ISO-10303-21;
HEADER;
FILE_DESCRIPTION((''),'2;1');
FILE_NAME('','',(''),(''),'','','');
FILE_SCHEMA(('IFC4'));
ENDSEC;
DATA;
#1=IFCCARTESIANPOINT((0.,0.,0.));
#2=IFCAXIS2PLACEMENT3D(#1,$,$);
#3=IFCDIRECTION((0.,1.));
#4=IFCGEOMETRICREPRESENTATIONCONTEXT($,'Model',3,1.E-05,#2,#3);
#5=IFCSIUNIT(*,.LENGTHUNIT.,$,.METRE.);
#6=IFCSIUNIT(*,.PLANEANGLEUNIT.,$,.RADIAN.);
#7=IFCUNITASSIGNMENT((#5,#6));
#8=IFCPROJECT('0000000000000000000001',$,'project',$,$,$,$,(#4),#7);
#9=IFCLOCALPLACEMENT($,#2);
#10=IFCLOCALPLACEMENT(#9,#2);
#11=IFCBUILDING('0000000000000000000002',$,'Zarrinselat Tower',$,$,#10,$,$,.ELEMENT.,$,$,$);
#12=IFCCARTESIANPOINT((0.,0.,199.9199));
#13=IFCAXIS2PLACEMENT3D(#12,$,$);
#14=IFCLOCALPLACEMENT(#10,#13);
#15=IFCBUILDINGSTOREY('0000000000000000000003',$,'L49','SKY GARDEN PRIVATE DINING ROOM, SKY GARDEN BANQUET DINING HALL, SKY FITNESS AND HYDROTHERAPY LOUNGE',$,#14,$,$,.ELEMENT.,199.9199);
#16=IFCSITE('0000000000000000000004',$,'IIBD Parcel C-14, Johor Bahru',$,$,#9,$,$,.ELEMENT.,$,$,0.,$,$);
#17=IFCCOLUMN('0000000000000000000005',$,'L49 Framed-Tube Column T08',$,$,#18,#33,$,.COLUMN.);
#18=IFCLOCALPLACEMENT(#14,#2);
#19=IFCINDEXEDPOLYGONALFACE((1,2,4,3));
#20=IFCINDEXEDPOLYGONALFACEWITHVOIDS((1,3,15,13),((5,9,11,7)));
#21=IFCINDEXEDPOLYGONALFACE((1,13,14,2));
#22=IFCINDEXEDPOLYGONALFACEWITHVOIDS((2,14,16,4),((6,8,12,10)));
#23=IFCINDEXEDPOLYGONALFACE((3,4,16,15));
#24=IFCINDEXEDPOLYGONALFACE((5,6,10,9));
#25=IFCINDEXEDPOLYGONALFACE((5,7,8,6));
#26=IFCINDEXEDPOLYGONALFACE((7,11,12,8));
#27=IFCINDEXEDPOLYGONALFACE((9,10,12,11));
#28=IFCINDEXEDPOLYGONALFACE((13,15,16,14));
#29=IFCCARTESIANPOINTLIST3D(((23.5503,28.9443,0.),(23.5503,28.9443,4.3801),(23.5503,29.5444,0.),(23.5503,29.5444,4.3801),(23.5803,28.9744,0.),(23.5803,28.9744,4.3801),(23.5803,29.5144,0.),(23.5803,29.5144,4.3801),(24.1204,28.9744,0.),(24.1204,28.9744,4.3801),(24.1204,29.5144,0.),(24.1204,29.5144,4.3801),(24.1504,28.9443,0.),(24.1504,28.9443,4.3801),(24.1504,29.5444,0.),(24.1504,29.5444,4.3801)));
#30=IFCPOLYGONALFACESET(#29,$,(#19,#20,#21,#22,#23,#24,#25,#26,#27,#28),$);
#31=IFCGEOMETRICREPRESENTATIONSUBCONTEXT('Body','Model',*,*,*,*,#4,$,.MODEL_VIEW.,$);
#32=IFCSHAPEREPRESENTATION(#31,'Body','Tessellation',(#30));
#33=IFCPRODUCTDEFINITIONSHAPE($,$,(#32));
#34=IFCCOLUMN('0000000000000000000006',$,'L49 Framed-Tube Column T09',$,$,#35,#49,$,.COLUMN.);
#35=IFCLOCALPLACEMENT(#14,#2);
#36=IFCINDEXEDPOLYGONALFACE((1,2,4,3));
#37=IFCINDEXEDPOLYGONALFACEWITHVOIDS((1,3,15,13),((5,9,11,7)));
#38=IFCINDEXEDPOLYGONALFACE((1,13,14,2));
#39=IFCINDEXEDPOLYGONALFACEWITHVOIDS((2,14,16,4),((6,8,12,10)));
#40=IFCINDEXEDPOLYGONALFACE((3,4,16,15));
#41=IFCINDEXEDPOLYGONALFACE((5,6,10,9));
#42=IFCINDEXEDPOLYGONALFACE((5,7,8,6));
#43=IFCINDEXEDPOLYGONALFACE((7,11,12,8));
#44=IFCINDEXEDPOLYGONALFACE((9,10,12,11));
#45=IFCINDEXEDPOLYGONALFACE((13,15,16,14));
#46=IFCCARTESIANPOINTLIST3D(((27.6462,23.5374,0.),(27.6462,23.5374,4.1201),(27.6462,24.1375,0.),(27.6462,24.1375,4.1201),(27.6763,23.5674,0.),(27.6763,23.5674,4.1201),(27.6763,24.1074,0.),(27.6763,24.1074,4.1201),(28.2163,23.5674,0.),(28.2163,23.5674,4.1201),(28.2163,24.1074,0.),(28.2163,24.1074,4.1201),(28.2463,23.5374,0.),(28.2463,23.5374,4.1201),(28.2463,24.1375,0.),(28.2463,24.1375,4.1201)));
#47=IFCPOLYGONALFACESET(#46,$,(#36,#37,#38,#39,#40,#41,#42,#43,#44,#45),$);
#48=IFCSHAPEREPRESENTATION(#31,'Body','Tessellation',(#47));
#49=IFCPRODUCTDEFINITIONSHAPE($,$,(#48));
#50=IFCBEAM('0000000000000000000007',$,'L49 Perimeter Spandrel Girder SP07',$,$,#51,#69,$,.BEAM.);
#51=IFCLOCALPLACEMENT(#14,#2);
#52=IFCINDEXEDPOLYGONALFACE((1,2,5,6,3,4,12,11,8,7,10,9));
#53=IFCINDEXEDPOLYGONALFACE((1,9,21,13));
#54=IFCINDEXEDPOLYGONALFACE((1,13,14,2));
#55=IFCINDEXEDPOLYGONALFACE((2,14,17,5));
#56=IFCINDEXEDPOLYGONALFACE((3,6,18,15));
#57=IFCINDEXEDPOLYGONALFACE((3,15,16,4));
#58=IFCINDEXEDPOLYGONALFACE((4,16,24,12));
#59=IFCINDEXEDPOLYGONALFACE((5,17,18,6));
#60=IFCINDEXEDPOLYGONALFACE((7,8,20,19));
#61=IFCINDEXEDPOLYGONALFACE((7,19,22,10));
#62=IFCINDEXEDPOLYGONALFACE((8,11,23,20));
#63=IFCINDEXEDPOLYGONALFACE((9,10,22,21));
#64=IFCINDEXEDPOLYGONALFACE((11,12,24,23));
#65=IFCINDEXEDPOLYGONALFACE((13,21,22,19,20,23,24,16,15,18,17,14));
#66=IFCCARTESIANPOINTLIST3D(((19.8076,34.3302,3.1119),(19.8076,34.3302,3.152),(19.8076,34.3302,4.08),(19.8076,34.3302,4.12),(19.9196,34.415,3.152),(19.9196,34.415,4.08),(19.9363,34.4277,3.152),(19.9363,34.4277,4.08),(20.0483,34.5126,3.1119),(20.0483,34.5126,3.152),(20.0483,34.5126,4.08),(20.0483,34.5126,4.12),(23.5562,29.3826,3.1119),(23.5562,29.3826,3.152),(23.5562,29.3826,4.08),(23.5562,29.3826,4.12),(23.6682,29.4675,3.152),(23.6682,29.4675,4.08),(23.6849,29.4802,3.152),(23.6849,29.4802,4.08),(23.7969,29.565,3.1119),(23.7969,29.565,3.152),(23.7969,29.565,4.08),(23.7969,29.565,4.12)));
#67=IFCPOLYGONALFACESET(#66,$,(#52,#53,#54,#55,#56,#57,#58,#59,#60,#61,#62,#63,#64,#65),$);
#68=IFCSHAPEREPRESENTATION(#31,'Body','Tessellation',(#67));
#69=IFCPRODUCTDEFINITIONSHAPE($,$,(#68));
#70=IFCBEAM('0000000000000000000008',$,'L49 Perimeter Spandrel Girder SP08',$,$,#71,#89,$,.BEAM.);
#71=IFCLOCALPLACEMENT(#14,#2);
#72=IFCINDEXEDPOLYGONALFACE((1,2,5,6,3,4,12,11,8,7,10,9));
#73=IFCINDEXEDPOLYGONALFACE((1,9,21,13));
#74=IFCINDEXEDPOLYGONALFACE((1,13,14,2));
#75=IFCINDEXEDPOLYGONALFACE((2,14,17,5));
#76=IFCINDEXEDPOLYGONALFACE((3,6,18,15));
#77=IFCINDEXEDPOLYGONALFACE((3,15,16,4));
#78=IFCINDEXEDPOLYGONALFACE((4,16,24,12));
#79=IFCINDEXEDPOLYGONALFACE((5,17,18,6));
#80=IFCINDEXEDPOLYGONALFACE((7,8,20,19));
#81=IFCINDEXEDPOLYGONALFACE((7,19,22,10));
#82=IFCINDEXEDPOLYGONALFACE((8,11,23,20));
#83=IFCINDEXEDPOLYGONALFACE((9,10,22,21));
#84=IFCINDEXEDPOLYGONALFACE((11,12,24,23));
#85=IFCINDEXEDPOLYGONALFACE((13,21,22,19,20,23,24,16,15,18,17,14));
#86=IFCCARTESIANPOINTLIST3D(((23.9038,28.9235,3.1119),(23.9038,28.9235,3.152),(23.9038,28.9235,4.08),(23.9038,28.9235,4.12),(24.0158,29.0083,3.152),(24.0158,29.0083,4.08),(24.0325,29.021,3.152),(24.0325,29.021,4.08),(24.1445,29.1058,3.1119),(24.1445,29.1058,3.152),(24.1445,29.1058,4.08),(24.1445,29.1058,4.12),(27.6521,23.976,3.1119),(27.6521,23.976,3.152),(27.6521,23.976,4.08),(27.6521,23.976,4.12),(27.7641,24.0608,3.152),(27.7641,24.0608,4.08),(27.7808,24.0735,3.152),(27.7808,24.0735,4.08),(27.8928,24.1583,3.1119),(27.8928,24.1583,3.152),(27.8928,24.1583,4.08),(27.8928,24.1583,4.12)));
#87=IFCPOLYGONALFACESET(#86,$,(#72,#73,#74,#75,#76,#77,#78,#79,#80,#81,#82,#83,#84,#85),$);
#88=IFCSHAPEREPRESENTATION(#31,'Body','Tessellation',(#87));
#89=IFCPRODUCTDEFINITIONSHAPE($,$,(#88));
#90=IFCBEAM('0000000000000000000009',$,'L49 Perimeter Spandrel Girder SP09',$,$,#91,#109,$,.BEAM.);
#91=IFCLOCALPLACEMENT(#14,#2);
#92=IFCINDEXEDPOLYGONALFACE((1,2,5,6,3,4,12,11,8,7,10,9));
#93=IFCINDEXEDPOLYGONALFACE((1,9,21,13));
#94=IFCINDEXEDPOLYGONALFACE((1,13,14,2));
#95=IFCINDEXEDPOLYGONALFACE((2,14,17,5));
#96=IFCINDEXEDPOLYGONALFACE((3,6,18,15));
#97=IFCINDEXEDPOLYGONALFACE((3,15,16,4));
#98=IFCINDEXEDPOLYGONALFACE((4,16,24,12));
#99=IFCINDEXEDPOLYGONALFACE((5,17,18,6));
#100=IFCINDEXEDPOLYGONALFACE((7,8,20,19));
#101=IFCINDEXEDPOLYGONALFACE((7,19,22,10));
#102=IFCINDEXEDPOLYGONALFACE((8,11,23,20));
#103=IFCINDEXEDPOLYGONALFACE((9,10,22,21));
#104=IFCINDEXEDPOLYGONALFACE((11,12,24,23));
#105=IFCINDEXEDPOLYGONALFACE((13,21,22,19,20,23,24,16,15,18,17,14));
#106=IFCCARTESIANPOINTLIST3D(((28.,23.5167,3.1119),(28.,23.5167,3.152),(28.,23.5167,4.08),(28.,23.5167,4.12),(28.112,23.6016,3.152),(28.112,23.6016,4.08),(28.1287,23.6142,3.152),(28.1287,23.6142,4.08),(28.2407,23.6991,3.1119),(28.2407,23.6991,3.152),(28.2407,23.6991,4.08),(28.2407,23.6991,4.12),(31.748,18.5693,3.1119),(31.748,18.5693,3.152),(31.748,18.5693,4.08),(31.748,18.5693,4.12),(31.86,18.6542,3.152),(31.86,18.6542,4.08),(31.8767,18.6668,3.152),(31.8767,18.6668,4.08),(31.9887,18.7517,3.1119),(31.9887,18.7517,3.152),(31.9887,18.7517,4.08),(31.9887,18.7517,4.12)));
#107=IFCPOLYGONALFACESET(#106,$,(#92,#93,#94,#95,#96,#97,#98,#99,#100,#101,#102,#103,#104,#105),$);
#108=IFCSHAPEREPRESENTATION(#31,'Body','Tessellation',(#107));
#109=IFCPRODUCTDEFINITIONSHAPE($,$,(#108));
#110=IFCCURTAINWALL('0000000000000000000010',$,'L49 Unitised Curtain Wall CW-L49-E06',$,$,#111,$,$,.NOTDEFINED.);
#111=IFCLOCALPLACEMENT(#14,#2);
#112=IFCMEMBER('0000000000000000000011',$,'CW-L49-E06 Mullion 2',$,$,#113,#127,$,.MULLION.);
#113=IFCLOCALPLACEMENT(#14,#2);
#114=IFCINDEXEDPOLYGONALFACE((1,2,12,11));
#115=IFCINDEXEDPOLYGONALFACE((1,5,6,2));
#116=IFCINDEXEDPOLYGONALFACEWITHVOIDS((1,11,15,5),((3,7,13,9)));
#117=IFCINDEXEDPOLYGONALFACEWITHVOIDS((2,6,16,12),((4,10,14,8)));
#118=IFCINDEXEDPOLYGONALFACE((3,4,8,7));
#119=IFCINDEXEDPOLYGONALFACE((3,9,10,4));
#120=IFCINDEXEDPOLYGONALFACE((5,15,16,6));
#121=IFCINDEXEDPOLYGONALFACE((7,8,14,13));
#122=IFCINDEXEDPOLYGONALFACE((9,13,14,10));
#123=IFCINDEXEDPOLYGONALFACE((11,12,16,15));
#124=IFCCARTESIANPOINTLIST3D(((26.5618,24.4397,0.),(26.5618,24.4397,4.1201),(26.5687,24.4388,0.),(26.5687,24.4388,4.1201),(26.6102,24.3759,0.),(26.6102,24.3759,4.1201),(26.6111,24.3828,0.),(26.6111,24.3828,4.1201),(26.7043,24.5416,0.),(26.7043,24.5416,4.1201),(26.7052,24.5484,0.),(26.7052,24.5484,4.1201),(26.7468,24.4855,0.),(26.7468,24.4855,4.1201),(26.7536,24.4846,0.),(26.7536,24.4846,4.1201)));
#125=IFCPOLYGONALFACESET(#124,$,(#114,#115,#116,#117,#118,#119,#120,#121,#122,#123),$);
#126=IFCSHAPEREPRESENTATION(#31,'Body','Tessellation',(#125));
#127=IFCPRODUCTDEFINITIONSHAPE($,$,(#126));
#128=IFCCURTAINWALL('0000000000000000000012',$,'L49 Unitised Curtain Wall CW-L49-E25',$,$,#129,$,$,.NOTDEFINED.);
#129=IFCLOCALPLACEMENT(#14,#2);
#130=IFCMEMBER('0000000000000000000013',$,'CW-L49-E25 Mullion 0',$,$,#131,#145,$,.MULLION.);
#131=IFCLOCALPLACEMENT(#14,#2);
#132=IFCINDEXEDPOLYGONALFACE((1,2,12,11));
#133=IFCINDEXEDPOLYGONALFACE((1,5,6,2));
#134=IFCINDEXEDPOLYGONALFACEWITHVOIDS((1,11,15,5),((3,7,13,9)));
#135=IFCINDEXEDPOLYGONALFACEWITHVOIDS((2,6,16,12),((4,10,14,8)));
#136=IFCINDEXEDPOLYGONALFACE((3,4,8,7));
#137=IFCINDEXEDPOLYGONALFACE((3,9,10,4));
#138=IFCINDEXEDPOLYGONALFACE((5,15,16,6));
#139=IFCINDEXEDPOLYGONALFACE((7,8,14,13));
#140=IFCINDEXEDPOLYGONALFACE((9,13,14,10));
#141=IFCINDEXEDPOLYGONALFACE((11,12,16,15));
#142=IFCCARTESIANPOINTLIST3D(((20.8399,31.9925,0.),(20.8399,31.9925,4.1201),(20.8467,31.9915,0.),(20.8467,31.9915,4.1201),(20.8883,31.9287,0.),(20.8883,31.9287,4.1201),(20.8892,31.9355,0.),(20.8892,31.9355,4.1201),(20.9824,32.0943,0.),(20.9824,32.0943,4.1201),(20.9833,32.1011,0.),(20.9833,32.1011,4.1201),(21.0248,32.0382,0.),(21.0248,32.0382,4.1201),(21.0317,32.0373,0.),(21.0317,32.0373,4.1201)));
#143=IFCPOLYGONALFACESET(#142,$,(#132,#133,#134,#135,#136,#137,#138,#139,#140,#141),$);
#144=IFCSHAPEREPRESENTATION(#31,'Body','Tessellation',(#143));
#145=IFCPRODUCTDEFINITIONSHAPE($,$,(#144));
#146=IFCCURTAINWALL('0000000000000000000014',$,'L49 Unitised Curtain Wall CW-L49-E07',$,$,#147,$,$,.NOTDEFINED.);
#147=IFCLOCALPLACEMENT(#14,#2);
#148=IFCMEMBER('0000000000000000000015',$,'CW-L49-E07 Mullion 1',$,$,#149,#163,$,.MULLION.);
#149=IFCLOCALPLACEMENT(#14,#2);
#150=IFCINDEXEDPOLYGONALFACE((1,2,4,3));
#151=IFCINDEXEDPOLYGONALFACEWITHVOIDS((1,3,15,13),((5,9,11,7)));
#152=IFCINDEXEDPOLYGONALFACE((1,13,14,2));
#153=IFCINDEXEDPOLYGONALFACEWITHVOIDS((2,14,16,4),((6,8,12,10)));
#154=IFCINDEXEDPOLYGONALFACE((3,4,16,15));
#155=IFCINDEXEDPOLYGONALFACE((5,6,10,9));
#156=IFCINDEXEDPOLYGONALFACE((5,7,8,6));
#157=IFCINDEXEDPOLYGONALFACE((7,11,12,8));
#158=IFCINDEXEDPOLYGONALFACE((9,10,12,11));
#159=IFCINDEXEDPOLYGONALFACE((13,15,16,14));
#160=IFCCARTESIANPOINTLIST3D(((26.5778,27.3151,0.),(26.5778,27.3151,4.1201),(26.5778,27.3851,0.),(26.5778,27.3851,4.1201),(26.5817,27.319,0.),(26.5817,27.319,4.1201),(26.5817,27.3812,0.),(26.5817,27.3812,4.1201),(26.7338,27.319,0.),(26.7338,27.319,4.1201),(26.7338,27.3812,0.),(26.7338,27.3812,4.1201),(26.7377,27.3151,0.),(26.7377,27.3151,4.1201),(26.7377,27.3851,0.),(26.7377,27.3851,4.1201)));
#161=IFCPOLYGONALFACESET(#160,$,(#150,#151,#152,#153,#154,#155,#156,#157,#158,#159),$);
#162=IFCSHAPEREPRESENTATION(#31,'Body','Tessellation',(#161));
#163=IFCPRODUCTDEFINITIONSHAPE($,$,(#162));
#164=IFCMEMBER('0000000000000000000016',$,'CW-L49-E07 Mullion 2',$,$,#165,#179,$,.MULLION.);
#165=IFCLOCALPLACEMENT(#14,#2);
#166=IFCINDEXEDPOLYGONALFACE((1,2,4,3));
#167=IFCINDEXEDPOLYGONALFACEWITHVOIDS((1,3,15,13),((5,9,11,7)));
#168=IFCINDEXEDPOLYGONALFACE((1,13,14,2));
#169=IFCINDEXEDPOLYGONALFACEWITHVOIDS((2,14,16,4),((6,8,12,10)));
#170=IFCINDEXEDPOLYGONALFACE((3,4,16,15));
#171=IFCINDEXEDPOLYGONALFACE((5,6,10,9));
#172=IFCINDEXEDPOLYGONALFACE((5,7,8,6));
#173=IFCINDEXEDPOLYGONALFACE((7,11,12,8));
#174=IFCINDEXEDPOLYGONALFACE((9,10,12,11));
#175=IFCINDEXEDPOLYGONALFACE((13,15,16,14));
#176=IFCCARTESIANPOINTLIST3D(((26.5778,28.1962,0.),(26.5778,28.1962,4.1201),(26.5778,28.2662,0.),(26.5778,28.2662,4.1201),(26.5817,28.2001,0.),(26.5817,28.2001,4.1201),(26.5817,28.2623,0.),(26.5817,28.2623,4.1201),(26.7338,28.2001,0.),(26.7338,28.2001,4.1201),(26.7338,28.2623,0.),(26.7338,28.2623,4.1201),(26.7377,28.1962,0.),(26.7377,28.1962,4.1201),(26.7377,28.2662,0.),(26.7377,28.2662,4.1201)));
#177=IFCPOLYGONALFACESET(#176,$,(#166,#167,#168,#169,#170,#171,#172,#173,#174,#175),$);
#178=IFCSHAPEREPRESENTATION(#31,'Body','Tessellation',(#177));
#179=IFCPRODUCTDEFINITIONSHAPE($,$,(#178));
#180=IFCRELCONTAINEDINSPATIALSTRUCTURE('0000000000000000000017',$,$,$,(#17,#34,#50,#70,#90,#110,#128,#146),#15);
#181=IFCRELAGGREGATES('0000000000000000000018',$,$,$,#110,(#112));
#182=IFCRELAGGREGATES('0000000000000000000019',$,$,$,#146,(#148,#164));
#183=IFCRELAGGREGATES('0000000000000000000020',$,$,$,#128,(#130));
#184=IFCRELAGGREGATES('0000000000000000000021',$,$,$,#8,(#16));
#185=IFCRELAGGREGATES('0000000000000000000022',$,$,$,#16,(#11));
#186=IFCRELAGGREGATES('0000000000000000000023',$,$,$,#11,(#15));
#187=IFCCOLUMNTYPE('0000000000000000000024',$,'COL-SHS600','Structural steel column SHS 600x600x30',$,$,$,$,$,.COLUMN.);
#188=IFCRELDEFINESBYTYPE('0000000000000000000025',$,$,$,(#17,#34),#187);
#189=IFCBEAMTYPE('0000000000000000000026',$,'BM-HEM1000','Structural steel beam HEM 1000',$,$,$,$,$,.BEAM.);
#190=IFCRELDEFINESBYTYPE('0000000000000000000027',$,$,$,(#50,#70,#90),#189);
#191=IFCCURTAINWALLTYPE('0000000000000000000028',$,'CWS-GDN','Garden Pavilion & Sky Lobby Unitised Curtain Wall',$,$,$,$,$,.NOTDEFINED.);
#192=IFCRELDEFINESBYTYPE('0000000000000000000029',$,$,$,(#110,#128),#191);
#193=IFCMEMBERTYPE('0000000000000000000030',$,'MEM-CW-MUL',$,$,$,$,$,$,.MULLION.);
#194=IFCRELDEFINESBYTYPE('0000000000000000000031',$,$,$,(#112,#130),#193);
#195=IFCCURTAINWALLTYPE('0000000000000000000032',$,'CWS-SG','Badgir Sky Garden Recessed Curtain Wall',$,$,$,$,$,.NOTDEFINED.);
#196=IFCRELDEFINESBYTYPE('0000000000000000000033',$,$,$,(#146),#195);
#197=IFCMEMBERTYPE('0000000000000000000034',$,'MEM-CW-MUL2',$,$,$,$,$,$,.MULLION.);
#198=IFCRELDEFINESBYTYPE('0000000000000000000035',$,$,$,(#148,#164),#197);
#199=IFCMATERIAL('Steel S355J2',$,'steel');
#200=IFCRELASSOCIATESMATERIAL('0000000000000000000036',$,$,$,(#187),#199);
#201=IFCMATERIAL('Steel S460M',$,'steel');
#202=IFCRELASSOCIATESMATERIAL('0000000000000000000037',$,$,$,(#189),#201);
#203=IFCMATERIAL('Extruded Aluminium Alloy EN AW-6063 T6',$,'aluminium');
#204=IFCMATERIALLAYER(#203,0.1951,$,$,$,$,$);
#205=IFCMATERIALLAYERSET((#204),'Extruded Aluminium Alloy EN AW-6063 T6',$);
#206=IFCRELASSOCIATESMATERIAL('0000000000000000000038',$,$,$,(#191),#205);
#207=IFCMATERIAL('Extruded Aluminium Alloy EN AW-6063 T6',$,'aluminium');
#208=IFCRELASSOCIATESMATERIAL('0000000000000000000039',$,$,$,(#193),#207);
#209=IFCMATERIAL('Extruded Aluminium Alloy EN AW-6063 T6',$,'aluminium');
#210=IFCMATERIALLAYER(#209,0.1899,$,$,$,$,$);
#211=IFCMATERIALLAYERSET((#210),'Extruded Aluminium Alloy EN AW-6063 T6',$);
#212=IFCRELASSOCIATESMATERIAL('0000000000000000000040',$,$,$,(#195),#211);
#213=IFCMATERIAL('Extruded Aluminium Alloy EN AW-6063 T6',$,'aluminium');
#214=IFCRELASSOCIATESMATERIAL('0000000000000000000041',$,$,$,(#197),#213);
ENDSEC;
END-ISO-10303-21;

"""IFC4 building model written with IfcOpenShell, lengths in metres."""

from ifc_helpers import new_model, si_unit, direction, frame, origin, origin_2d, place, context, subcontext, project, spatial, hollow_rectangle, i_section, extrude, material, layer, layer_set, material_profile, profile_set, type_object, element, aggregate, save


model = new_model("IFC4")

# Units and contexts
model_context = context("Model", 3, precision=1e-05, world=origin(), true_north=direction((0.0, 1.0)))
body_context = subcontext(model_context, "Body", "Model", "MODEL_VIEW")
ifc_project = project(units=[si_unit("LENGTHUNIT", "METRE"), si_unit("PLANEANGLEUNIT", "RADIAN")], contexts=[model_context])

# Site, building, storey
site_placement = place(None, origin())
site = spatial("IfcSite", under=ifc_project, at=site_placement, Name="IIBD Parcel C-14, Johor Bahru", CompositionType="ELEMENT", RefElevation=0.0)
building_placement = place(site_placement, origin())
building = spatial("IfcBuilding", under=site, at=building_placement, Name="Zarrinselat Tower", CompositionType="ELEMENT")
storey_placement = place(building_placement, frame((0.0, 0.0, 199.9199)))
storey = spatial("IfcBuildingStorey", under=building, at=storey_placement, Name="L49", Description="SKY GARDEN PRIVATE DINING ROOM, SKY GARDEN BANQUET DINING HALL, SKY FITNESS AND HYDROTHERAPY LOUNGE", CompositionType="ELEMENT", Elevation=199.9199)

# Columns
ifc_material_1 = material(Name="Steel S355J2", Category="steel")
ifc_material_profile_1 = material_profile(ifc_material_1, hollow_rectangle(XDim=0.6001, YDim=0.6001, WallThickness=0.03, at=origin_2d()), Name="SHS 600x600x30")
ifc_profile_set_1 = profile_set([ifc_material_profile_1], Name="Steel S355J2")
column_type = type_object("IfcColumnType", Name="COL-SHS600", Description="Structural steel column SHS 600x600x30", PredefinedType="COLUMN", material=ifc_profile_set_1)
column_1_placement = place(storey_placement, frame((23.8503, 29.2444, 0.0), z_axis=(0.0, 0.0, 1.0), x_axis=(1.0, 0.0, 0.0)))
element("IfcColumn", 1, at=column_1_placement, inside=storey, type_object=column_type, Name="L49 Framed-Tube Column T08", PredefinedType="COLUMN", context=body_context, shape_type="SweptSolid", body=[
    extrude(hollow_rectangle(XDim=0.6001, YDim=0.6001, WallThickness=0.03, at=origin_2d()), origin(), (0.0, 0.0, 1.0), 4.3801),
])
column_2_placement = place(storey_placement, frame((27.9463, 23.8374, 0.0), z_axis=(0.0, 0.0, 1.0), x_axis=(1.0, 0.0, 0.0)))
element("IfcColumn", 2, at=column_2_placement, inside=storey, type_object=column_type, Name="L49 Framed-Tube Column T09", PredefinedType="COLUMN", context=body_context, shape_type="SweptSolid", body=[
    extrude(hollow_rectangle(XDim=0.6001, YDim=0.6001, WallThickness=0.03, at=origin_2d()), origin(), (0.0, 0.0, 1.0), 4.1201),
])

# Beams
ifc_material_2 = material(Name="Steel S460M", Category="steel")
ifc_material_profile_2 = material_profile(ifc_material_2, i_section(OverallWidth=0.302, OverallDepth=1.0081, WebThickness=0.021, FlangeThickness=0.04, at=origin_2d()), Name="HEM 1000")
ifc_profile_set_2 = profile_set([ifc_material_profile_2], Name="Steel S460M")
beam_type = type_object("IfcBeamType", Name="BM-HEM1000", Description="Structural steel beam HEM 1000", PredefinedType="BEAM", material=ifc_profile_set_2)
beam_1_placement = place(storey_placement, frame((19.928, 34.4214, 3.616), z_axis=(0.603901, -0.797059, 0.0), x_axis=(0.797059, 0.603901, 0.0)))
element("IfcBeam", 3, at=beam_1_placement, inside=storey, type_object=beam_type, Name="L49 Perimeter Spandrel Girder SP07", PredefinedType="BEAM", context=body_context, shape_type="SweptSolid", body=[
    extrude(i_section(OverallWidth=0.302, OverallDepth=1.0081, WebThickness=0.021, FlangeThickness=0.04, at=origin_2d()), origin(), (0.0, 0.0, 1.0), 6.2073),
])
beam_2_placement = place(storey_placement, frame((24.0242, 29.0146, 3.616), z_axis=(0.603876, -0.797078, 0.0), x_axis=(0.797078, 0.603876, 0.0)))
element("IfcBeam", 4, at=beam_2_placement, inside=storey, type_object=beam_type, Name="L49 Perimeter Spandrel Girder SP08", PredefinedType="BEAM", context=body_context, shape_type="SweptSolid", body=[
    extrude(i_section(OverallWidth=0.302, OverallDepth=1.0081, WebThickness=0.021, FlangeThickness=0.04, at=origin_2d()), origin(), (0.0, 0.0, 1.0), 6.207),
])
beam_3_placement = place(storey_placement, frame((28.1204, 23.6079, 3.616), z_axis=(0.603851, -0.797097, 0.0), x_axis=(0.797097, 0.603851, 0.0)))
element("IfcBeam", 5, at=beam_3_placement, inside=storey, type_object=beam_type, Name="L49 Perimeter Spandrel Girder SP09", PredefinedType="BEAM", context=body_context, shape_type="SweptSolid", body=[
    extrude(i_section(OverallWidth=0.302, OverallDepth=1.0081, WebThickness=0.021, FlangeThickness=0.04, at=origin_2d()), origin(), (0.0, 0.0, 1.0), 6.2068),
])

# Curtain walls, members
ifc_material_3 = material(Name="Extruded Aluminium Alloy EN AW-6063 T6", Category="aluminium")
ifc_layer_1 = layer(ifc_material_3, 0.1951)
ifc_layer_set_1 = layer_set([ifc_layer_1], Name="Extruded Aluminium Alloy EN AW-6063 T6")
curtain_wall_type_1 = type_object("IfcCurtainWallType", Name="CWS-GDN", Description="Garden Pavilion & Sky Lobby Unitised Curtain Wall", PredefinedType="NOTDEFINED", material=ifc_layer_set_1)
curtain_wall_1_placement = place(storey_placement, origin())
curtain_wall_1 = element("IfcCurtainWall", 6, at=curtain_wall_1_placement, inside=storey, type_object=curtain_wall_type_1, Name="L49 Unitised Curtain Wall CW-L49-E06", PredefinedType="NOTDEFINED")
ifc_material_4 = material(Name="Extruded Aluminium Alloy EN AW-6063 T6", Category="aluminium")
ifc_material_profile_3 = material_profile(ifc_material_4, hollow_rectangle(XDim=0.0801, YDim=0.1799, WallThickness=0.0049, at=origin_2d()), Name="RHS 180x80x5")
ifc_profile_set_3 = profile_set([ifc_material_profile_3], Name="Extruded Aluminium Alloy EN AW-6063 T6")
member_type_1 = type_object("IfcMemberType", Name="MEM-CW-MUL", PredefinedType="MULLION", material=ifc_profile_set_3)
member_1_placement = place(storey_placement, frame((26.6577, 24.4622, 0.0), z_axis=(0.0, 0.0, 1.0), x_axis=(-0.603858, 0.797092, 0.0)))
member_1 = element("IfcMember", 7, at=member_1_placement, type_object=member_type_1, Name="CW-L49-E06 Mullion 2", PredefinedType="MULLION", context=body_context, shape_type="SweptSolid", body=[
    extrude(hollow_rectangle(XDim=0.0801, YDim=0.1799, WallThickness=0.0049, at=origin_2d()), origin(), (0.0, 0.0, 1.0), 4.1201),
])
curtain_wall_2_placement = place(storey_placement, origin())
curtain_wall_2 = element("IfcCurtainWall", 8, at=curtain_wall_2_placement, inside=storey, type_object=curtain_wall_type_1, Name="L49 Unitised Curtain Wall CW-L49-E25", PredefinedType="NOTDEFINED")
member_2_placement = place(storey_placement, frame((20.9358, 32.0149, 0.0), z_axis=(0.0, 0.0, 1.0), x_axis=(-0.603858, 0.797092, 0.0)))
member_2 = element("IfcMember", 9, at=member_2_placement, type_object=member_type_1, Name="CW-L49-E25 Mullion 0", PredefinedType="MULLION", context=body_context, shape_type="SweptSolid", body=[
    extrude(hollow_rectangle(XDim=0.0801, YDim=0.1799, WallThickness=0.0049, at=origin_2d()), origin(), (0.0, 0.0, 1.0), 4.1201),
])

# Curtain wall, members
ifc_material_5 = material(Name="Extruded Aluminium Alloy EN AW-6063 T6", Category="aluminium")
ifc_layer_2 = layer(ifc_material_5, 0.1899)
ifc_layer_set_2 = layer_set([ifc_layer_2], Name="Extruded Aluminium Alloy EN AW-6063 T6")
curtain_wall_type_2 = type_object("IfcCurtainWallType", Name="CWS-SG", Description="Badgir Sky Garden Recessed Curtain Wall", PredefinedType="NOTDEFINED", material=ifc_layer_set_2)
curtain_wall_3_placement = place(storey_placement, origin())
curtain_wall_3 = element("IfcCurtainWall", 10, at=curtain_wall_3_placement, inside=storey, type_object=curtain_wall_type_2, Name="L49 Unitised Curtain Wall CW-L49-E07", PredefinedType="NOTDEFINED")
ifc_material_6 = material(Name="Extruded Aluminium Alloy EN AW-6063 T6", Category="aluminium")
ifc_material_profile_4 = material_profile(ifc_material_6, hollow_rectangle(XDim=0.0701, YDim=0.1599, WallThickness=0.0039, at=origin_2d()), Name="RHS 160x70x4")
ifc_profile_set_4 = profile_set([ifc_material_profile_4], Name="Extruded Aluminium Alloy EN AW-6063 T6")
member_type_2 = type_object("IfcMemberType", Name="MEM-CW-MUL2", PredefinedType="MULLION", material=ifc_profile_set_4)
member_3_placement = place(storey_placement, frame((26.6577, 27.3501, 0.0), z_axis=(0.0, 0.0, 1.0), x_axis=(0.0, 1.0, 0.0)))
member_3 = element("IfcMember", 11, at=member_3_placement, type_object=member_type_2, Name="CW-L49-E07 Mullion 1", PredefinedType="MULLION", context=body_context, shape_type="SweptSolid", body=[
    extrude(hollow_rectangle(XDim=0.0701, YDim=0.1599, WallThickness=0.0039, at=origin_2d()), origin(), (0.0, 0.0, 1.0), 4.1201),
])
member_4_placement = place(storey_placement, frame((26.6577, 28.2312, 0.0), z_axis=(0.0, 0.0, 1.0), x_axis=(0.0, 1.0, 0.0)))
member_4 = element("IfcMember", 12, at=member_4_placement, type_object=member_type_2, Name="CW-L49-E07 Mullion 2", PredefinedType="MULLION", context=body_context, shape_type="SweptSolid", body=[
    extrude(hollow_rectangle(XDim=0.0701, YDim=0.1599, WallThickness=0.0039, at=origin_2d()), origin(), (0.0, 0.0, 1.0), 4.1201),
])

aggregate(curtain_wall_1, [member_1])
aggregate(curtain_wall_3, [member_3, member_4])
aggregate(curtain_wall_2, [member_2])

save(model, "model.ifc")
